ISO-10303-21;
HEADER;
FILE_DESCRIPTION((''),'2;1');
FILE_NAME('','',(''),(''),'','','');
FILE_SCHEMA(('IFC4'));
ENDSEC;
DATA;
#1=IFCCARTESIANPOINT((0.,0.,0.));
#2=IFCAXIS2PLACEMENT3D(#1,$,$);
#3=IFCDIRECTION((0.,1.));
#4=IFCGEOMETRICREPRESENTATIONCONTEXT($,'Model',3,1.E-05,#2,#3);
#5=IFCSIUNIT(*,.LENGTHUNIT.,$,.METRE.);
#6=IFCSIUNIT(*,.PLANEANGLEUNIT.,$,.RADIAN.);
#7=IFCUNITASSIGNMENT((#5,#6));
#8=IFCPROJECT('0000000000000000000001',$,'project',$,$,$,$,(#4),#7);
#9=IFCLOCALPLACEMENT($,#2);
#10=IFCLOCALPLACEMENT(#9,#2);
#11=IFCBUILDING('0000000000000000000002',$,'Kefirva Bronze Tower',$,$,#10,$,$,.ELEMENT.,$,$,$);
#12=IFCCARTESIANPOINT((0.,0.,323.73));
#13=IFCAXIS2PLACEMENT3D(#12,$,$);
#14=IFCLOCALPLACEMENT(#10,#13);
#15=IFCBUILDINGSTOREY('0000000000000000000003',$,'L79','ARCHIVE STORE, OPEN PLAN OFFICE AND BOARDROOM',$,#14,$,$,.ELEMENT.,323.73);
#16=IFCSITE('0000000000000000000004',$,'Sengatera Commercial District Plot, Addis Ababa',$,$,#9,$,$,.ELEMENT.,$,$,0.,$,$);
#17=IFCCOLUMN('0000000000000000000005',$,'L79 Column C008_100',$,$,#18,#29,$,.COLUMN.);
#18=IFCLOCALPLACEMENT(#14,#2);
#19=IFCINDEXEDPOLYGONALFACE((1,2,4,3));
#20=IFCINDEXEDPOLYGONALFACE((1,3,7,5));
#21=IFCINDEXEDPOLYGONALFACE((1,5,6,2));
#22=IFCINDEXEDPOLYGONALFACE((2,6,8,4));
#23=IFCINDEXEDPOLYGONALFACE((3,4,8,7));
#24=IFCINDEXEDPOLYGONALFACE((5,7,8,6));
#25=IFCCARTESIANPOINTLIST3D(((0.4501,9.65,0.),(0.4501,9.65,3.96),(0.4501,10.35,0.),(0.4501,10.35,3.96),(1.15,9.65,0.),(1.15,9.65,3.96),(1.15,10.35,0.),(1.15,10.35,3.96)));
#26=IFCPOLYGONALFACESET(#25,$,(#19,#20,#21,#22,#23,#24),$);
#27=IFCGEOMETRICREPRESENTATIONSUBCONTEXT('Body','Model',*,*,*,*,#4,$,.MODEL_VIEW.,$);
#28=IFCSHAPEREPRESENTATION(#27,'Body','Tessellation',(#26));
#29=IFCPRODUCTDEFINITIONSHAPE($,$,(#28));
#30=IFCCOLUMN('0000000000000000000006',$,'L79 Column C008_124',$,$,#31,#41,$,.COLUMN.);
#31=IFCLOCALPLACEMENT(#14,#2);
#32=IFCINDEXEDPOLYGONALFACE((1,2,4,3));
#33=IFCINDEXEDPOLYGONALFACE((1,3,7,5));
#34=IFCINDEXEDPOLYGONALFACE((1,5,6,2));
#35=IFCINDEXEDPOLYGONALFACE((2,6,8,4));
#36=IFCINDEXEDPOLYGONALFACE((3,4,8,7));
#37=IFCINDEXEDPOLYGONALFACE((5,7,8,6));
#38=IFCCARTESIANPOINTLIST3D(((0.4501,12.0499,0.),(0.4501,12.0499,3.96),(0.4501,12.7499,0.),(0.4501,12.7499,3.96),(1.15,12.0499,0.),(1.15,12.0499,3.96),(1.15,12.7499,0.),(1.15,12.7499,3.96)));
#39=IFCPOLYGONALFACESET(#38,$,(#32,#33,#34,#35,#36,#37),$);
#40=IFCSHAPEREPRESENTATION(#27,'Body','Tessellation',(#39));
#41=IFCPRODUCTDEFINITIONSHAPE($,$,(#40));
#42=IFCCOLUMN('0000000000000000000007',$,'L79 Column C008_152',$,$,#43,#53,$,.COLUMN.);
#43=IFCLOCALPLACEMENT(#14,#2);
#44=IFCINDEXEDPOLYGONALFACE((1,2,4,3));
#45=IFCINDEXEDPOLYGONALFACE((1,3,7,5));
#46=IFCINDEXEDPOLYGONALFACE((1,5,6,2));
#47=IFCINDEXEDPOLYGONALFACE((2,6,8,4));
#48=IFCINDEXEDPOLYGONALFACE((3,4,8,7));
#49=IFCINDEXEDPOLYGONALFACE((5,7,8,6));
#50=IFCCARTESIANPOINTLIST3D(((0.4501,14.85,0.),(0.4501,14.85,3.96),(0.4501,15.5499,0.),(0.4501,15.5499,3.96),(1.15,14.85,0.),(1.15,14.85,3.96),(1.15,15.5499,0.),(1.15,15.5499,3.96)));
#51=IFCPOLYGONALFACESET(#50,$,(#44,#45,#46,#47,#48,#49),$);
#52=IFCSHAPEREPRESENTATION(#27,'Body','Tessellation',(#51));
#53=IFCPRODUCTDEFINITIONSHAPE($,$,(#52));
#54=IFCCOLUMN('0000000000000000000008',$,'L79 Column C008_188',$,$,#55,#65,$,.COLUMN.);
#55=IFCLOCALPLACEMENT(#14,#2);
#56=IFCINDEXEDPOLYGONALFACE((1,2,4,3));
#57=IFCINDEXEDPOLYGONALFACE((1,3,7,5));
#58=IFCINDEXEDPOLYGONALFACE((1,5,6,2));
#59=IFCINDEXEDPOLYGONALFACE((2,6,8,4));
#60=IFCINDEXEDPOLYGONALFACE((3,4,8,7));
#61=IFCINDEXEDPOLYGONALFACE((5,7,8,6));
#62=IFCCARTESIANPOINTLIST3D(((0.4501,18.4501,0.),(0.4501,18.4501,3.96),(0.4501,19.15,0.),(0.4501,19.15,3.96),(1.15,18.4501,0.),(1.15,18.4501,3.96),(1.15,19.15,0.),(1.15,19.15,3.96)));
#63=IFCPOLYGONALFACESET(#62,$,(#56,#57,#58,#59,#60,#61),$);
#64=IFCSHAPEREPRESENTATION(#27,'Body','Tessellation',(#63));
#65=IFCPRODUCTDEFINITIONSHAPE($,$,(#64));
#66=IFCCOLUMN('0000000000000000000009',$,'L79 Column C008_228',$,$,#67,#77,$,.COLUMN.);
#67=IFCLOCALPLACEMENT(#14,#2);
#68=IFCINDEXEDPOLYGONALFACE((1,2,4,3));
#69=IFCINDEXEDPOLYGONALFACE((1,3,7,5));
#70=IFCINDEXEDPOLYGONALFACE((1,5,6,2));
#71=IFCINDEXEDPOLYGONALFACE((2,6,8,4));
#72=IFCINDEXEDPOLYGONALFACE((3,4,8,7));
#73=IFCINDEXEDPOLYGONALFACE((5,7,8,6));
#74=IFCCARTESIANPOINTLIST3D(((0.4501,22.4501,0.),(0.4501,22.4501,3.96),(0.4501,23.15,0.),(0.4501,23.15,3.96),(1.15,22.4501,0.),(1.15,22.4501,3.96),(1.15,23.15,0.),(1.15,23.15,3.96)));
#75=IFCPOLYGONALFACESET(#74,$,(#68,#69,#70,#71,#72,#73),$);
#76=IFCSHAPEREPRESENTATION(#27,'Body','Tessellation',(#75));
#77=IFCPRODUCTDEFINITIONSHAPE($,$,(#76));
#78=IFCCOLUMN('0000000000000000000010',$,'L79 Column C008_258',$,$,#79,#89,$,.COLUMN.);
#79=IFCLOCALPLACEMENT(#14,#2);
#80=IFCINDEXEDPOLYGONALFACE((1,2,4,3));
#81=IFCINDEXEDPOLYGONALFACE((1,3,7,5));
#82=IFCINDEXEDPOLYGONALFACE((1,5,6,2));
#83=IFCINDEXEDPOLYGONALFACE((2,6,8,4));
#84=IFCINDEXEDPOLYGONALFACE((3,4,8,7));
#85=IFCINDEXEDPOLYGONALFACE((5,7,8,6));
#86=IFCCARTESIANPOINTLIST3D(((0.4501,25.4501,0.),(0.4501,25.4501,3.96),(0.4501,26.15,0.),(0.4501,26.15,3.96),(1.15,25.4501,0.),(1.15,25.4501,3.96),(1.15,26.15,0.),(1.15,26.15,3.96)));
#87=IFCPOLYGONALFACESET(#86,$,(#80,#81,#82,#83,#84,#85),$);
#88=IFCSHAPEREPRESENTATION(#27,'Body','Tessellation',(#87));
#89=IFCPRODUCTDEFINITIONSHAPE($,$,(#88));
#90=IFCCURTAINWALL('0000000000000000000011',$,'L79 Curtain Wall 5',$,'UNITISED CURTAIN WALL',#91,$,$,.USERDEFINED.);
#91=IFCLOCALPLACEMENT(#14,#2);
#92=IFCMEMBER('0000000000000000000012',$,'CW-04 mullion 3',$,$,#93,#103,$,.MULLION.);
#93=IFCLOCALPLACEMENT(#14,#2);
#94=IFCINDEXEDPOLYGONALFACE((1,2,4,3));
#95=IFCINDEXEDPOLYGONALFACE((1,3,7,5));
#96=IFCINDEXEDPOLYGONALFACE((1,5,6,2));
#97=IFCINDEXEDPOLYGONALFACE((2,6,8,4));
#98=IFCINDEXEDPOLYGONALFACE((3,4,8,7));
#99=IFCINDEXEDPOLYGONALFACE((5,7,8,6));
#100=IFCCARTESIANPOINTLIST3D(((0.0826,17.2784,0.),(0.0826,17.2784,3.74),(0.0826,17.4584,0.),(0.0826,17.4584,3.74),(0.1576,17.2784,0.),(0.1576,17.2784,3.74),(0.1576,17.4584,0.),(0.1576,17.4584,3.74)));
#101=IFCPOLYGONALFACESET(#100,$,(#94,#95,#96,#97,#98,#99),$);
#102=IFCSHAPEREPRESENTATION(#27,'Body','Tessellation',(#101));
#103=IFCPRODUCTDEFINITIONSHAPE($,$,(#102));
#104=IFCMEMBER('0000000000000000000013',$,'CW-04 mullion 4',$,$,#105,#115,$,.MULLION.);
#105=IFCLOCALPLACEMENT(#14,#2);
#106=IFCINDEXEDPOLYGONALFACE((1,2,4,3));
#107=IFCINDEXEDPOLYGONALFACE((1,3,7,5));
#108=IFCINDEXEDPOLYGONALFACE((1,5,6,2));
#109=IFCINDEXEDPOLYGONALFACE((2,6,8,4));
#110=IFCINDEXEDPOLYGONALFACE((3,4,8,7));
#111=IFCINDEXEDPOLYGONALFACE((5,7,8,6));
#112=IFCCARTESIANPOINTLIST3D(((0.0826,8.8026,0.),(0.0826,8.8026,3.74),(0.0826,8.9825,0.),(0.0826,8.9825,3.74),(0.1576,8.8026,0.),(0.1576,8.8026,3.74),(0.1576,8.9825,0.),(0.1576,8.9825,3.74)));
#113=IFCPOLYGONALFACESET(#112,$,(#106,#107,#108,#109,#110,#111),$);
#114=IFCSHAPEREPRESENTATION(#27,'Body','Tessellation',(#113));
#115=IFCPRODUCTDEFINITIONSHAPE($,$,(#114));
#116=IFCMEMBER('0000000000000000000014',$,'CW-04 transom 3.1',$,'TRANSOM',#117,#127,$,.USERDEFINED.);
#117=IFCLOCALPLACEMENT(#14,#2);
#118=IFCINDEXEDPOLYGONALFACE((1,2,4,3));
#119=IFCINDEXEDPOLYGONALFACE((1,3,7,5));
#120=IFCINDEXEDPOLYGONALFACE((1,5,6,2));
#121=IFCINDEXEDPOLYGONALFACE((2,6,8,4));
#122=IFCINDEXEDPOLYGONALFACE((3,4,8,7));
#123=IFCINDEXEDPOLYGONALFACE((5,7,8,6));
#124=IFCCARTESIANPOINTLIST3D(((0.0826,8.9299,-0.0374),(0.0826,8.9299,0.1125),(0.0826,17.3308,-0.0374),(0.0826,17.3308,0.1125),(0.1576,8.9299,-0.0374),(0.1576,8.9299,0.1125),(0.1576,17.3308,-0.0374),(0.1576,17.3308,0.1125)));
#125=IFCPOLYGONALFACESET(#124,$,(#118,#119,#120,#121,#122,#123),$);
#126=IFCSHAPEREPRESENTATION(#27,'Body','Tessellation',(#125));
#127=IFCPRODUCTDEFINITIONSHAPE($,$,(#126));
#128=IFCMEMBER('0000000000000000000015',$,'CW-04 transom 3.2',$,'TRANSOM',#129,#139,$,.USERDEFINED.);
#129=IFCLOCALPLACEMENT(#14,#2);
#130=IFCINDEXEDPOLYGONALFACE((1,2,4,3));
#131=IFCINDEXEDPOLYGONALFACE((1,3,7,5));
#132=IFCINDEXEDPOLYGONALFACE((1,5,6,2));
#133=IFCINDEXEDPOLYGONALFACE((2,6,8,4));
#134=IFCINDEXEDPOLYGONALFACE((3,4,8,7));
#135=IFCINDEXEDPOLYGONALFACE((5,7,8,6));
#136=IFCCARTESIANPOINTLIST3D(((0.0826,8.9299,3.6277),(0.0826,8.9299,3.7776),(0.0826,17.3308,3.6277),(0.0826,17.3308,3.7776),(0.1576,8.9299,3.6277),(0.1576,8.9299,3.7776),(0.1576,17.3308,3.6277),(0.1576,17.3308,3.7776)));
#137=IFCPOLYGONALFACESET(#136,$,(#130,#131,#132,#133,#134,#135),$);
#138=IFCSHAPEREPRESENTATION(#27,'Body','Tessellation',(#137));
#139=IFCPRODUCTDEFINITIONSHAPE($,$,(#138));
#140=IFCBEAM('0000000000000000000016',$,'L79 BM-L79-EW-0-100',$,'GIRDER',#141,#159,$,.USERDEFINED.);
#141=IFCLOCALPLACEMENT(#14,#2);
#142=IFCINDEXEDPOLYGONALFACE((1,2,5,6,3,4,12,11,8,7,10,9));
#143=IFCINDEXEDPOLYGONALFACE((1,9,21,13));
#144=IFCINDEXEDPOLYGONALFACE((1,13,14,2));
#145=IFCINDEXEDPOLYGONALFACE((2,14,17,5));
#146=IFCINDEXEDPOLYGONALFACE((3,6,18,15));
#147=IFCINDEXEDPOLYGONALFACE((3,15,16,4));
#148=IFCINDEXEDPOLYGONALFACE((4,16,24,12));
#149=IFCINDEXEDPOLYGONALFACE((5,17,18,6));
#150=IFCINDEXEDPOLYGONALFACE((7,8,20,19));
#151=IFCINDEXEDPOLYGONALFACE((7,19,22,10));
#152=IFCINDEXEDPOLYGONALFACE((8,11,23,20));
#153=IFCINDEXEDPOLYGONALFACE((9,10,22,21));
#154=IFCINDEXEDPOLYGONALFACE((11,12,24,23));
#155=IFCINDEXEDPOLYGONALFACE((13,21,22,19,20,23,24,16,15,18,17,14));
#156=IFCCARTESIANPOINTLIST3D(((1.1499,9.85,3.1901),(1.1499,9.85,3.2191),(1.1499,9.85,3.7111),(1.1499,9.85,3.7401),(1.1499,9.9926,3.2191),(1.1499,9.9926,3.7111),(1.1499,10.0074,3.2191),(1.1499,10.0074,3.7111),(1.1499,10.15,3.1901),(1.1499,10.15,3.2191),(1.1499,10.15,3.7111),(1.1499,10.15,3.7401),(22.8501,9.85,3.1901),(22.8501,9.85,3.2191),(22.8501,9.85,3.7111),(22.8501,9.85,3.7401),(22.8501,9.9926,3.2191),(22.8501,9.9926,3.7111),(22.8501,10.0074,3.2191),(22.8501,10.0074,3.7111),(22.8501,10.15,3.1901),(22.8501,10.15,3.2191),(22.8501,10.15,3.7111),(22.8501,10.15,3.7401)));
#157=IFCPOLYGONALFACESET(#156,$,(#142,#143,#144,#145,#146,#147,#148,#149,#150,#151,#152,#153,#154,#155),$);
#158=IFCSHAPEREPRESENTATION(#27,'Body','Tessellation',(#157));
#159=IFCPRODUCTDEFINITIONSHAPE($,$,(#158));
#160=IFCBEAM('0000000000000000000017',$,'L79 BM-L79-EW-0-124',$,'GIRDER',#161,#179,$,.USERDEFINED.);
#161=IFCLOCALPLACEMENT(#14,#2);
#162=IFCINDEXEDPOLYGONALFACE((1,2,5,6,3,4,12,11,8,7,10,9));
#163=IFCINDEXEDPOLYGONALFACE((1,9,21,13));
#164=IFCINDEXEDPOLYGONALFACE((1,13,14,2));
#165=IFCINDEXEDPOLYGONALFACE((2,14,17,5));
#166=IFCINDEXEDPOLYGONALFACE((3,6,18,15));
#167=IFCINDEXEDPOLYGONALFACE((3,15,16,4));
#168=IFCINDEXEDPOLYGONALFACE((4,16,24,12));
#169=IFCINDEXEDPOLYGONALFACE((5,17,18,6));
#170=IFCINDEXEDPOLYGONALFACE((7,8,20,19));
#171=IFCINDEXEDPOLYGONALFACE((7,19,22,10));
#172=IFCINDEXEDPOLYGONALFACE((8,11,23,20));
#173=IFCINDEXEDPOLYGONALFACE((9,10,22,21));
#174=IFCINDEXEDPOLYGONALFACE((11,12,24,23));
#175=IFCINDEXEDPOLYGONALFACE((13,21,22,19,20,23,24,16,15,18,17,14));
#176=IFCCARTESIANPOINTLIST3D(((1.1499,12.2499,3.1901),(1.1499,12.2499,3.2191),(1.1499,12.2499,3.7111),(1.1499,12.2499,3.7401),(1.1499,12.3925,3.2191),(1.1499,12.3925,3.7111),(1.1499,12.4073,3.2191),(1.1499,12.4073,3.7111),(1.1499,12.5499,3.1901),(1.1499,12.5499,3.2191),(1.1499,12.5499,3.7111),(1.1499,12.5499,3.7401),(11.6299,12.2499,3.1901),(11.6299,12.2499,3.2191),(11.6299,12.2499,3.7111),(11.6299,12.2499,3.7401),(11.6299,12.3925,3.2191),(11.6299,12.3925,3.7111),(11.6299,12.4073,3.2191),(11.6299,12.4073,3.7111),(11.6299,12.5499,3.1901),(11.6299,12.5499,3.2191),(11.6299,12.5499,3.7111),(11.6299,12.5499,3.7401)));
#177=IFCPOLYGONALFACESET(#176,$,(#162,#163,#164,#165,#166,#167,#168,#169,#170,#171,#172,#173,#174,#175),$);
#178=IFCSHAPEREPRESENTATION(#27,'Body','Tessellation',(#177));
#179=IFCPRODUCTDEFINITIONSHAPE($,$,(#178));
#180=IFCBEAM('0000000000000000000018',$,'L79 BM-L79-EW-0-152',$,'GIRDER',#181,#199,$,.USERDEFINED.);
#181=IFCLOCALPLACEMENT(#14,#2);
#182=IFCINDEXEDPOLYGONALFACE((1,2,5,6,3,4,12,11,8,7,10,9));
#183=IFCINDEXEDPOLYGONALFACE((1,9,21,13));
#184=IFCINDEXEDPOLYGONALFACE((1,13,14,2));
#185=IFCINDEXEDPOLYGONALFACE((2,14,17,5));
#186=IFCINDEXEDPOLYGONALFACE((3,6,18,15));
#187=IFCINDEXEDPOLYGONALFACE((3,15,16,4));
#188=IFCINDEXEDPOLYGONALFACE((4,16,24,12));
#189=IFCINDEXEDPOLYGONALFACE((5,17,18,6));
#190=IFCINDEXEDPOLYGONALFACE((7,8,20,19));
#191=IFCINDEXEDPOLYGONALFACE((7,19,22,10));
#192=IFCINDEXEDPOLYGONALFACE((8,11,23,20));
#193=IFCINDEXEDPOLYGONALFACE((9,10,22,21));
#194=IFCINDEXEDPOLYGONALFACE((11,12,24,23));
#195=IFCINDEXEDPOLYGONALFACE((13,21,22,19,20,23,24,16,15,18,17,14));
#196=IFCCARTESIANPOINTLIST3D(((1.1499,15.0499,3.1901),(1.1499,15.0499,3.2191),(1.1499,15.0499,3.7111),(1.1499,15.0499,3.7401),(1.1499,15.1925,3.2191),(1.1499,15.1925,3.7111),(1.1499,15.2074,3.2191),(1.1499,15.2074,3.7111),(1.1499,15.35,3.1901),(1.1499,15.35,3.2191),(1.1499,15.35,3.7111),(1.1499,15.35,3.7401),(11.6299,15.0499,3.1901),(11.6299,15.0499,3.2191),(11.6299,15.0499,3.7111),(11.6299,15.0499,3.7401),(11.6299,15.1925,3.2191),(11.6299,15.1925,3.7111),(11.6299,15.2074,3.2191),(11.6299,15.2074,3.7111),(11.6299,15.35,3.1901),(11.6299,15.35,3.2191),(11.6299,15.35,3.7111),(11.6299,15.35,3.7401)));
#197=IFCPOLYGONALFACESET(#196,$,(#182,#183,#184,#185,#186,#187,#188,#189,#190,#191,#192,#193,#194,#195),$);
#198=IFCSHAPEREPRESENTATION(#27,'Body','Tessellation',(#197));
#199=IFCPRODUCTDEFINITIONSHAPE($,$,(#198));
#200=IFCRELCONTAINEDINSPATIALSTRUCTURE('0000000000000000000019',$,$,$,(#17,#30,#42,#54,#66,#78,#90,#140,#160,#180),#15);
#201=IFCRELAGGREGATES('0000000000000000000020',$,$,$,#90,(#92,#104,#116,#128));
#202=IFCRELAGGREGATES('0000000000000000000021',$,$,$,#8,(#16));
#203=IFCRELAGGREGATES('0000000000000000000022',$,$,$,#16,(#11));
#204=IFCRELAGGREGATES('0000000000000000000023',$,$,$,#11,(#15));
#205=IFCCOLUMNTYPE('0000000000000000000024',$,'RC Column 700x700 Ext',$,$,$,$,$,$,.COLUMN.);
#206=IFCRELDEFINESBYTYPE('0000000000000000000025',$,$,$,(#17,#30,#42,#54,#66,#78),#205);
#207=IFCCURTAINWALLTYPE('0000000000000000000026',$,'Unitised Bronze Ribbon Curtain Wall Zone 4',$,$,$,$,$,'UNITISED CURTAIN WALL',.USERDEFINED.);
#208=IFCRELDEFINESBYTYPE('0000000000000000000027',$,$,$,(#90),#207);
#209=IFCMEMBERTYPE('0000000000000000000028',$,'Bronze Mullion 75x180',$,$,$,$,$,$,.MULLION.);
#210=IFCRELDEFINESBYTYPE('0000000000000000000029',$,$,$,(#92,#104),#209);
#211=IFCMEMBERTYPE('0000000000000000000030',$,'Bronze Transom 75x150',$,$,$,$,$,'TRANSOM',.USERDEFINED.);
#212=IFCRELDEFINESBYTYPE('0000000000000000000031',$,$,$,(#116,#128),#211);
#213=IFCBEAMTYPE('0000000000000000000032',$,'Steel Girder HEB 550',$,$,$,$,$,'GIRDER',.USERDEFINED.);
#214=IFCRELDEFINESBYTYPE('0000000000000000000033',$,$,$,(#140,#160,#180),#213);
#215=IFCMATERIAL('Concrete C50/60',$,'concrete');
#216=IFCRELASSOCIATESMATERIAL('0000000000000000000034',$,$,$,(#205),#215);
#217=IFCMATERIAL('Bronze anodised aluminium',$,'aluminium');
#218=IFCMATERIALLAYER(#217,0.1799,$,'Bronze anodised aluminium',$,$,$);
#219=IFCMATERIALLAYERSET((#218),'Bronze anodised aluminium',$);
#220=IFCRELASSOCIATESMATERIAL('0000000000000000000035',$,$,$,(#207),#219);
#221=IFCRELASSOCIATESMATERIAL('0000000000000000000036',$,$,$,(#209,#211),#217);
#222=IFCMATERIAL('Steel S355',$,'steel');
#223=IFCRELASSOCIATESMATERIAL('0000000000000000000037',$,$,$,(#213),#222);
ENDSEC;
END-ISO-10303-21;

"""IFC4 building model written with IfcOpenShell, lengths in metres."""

from ifc_helpers import new_model, si_unit, direction, frame, origin, origin_2d, place, context, subcontext, project, spatial, rectangle, i_section, extrude, material, layer, layer_set, material_profile, profile_set, type_object, element, aggregate, save


model = new_model("IFC4")

# Units and contexts
model_context = context("Model", 3, precision=1e-05, world=origin(), true_north=direction((0.0, 1.0)))
body_context = subcontext(model_context, "Body", "Model", "MODEL_VIEW")
ifc_project = project(units=[si_unit("LENGTHUNIT", "METRE"), si_unit("PLANEANGLEUNIT", "RADIAN")], contexts=[model_context])

# Site, building, storey
site_placement = place(None, origin())
site = spatial("IfcSite", under=ifc_project, at=site_placement, Name="Sengatera Commercial District Plot, Addis Ababa", CompositionType="ELEMENT", RefElevation=0.0)
building_placement = place(site_placement, origin())
building = spatial("IfcBuilding", under=site, at=building_placement, Name="Kefirva Bronze Tower", CompositionType="ELEMENT")
storey_placement = place(building_placement, frame((0.0, 0.0, 323.73)))
storey = spatial("IfcBuildingStorey", under=building, at=storey_placement, Name="L79", Description="ARCHIVE STORE, OPEN PLAN OFFICE AND BOARDROOM", CompositionType="ELEMENT", Elevation=323.73)

# Columns
ifc_material_1 = material(Name="Concrete C50/60", Category="concrete")
ifc_material_profile_1 = material_profile(ifc_material_1, rectangle(XDim=0.7, YDim=0.7, at=origin_2d()), Name="RC 700x700")
ifc_profile_set_1 = profile_set([ifc_material_profile_1], Name="Concrete C50/60")
column_type = type_object("IfcColumnType", Name="RC Column 700x700 Ext", PredefinedType="COLUMN", material=ifc_profile_set_1)
for number, where, z_axis, x_axis, name in (
    (1, (0.8, 10.0, 0.0), (0.0, 0.0, 1.0), (1.0, 0.0, 0.0), "L79 Column C008_100"),
    (2, (0.8, 12.3999, 0.0), (0.0, 0.0, 1.0), (1.0, 0.0, 0.0), "L79 Column C008_124"),
    (3, (0.8, 15.2, 0.0), (0.0, 0.0, 1.0), (1.0, 0.0, 0.0), "L79 Column C008_152"),
    (4, (0.8, 18.8, 0.0), (0.0, 0.0, 1.0), (1.0, 0.0, 0.0), "L79 Column C008_188"),
    (5, (0.8, 22.8, 0.0), (0.0, 0.0, 1.0), (1.0, 0.0, 0.0), "L79 Column C008_228"),
    (6, (0.8, 25.8, 0.0), (0.0, 0.0, 1.0), (1.0, 0.0, 0.0), "L79 Column C008_258"),
):
    element("IfcColumn", number, at=place(storey_placement, frame(where, z_axis=z_axis, x_axis=x_axis)), inside=storey, type_object=column_type, Name=name, PredefinedType="COLUMN", context=body_context, shape_type="SweptSolid", body=[
        extrude(rectangle(XDim=0.7, YDim=0.7, at=origin_2d()), origin(), (0.0, 0.0, 1.0), 3.96),
    ])

# Curtain wall, members
ifc_material_2 = material(Name="Bronze anodised aluminium", Category="aluminium")
ifc_layer_1 = layer(ifc_material_2, 0.1799, Name="Bronze anodised aluminium")
ifc_layer_set_1 = layer_set([ifc_layer_1], Name="Bronze anodised aluminium")
curtain_wall_type = type_object("IfcCurtainWallType", Name="Unitised Bronze Ribbon Curtain Wall Zone 4", ElementType="UNITISED CURTAIN WALL", PredefinedType="USERDEFINED", material=ifc_layer_set_1)
curtain_wall_1_placement = place(storey_placement, origin())
curtain_wall_1 = element("IfcCurtainWall", 7, at=curtain_wall_1_placement, inside=storey, type_object=curtain_wall_type, Name="L79 Curtain Wall 5", ObjectType="UNITISED CURTAIN WALL", PredefinedType="USERDEFINED")
ifc_material_profile_2 = material_profile(ifc_material_2, rectangle(XDim=0.075, YDim=0.1799, at=origin_2d()), Name="ALU 75x180")
ifc_profile_set_2 = profile_set([ifc_material_profile_2], Name="Bronze anodised aluminium")
member_type_1 = type_object("IfcMemberType", Name="Bronze Mullion 75x180", PredefinedType="MULLION", material=ifc_profile_set_2)
member_1_placement = place(storey_placement, frame((0.1201, 17.3684, 0.0), z_axis=(0.0, 0.0, 1.0), x_axis=(1.0, 0.0, 0.0)))
member_1 = element("IfcMember", 8, at=member_1_placement, type_object=member_type_1, Name="CW-04 mullion 3", PredefinedType="MULLION", context=body_context, shape_type="SweptSolid", body=[
    extrude(rectangle(XDim=0.075, YDim=0.1799, at=origin_2d()), origin(), (0.0, 0.0, 1.0), 3.74),
])
member_2_placement = place(storey_placement, frame((0.1201, 8.8926, 0.0), z_axis=(0.0, 0.0, 1.0), x_axis=(1.0, 0.0, 0.0)))
member_2 = element("IfcMember", 9, at=member_2_placement, type_object=member_type_1, Name="CW-04 mullion 4", PredefinedType="MULLION", context=body_context, shape_type="SweptSolid", body=[
    extrude(rectangle(XDim=0.075, YDim=0.1799, at=origin_2d()), origin(), (0.0, 0.0, 1.0), 3.74),
])
ifc_material_profile_3 = material_profile(ifc_material_2, rectangle(XDim=0.075, YDim=0.1499, at=origin_2d()), Name="ALU 75x150")
ifc_profile_set_3 = profile_set([ifc_material_profile_3], Name="Bronze anodised aluminium")
member_type_2 = type_object("IfcMemberType", Name="Bronze Transom 75x150", ElementType="TRANSOM", PredefinedType="USERDEFINED", material=ifc_profile_set_3)
member_3_placement = place(storey_placement, frame((0.1201, 17.3308, 0.0376), z_axis=(0.0, -1.0, 0.0), x_axis=(1.0, 0.0, 0.0)))
member_3 = element("IfcMember", 10, at=member_3_placement, type_object=member_type_2, Name="CW-04 transom 3.1", ObjectType="TRANSOM", PredefinedType="USERDEFINED", context=body_context, shape_type="SweptSolid", body=[
    extrude(rectangle(XDim=0.075, YDim=0.1499, at=origin_2d()), origin(), (0.0, 0.0, 1.0), 8.4009),
])
member_4_placement = place(storey_placement, frame((0.1201, 17.3308, 3.7026), z_axis=(0.0, -1.0, 0.0), x_axis=(1.0, 0.0, 0.0)))
member_4 = element("IfcMember", 11, at=member_4_placement, type_object=member_type_2, Name="CW-04 transom 3.2", ObjectType="TRANSOM", PredefinedType="USERDEFINED", context=body_context, shape_type="SweptSolid", body=[
    extrude(rectangle(XDim=0.075, YDim=0.1499, at=origin_2d()), origin(), (0.0, 0.0, 1.0), 8.4009),
])

# Beams
ifc_material_3 = material(Name="Steel S355", Category="steel")
ifc_material_profile_4 = material_profile(ifc_material_3, i_section(OverallWidth=0.3, OverallDepth=0.55, WebThickness=0.0149, FlangeThickness=0.0291, at=origin_2d()), Name="HEB 550")
ifc_profile_set_4 = profile_set([ifc_material_profile_4], Name="Steel S355")
beam_type_1 = type_object("IfcBeamType", Name="Steel Girder HEB 550", ElementType="GIRDER", PredefinedType="USERDEFINED", material=ifc_profile_set_4)
beam_1_placement = place(storey_placement, frame((1.1499, 10.0, 3.4651), z_axis=(1.0, 0.0, 0.0), x_axis=(0.0, 1.0, 0.0)))
element("IfcBeam", 12, at=beam_1_placement, inside=storey, type_object=beam_type_1, Name="L79 BM-L79-EW-0-100", ObjectType="GIRDER", PredefinedType="USERDEFINED", context=body_context, shape_type="SweptSolid", body=[
    extrude(i_section(OverallWidth=0.3, OverallDepth=0.55, WebThickness=0.0149, FlangeThickness=0.0291, at=origin_2d()), origin(), (0.0, 0.0, 1.0), 21.7002),
])
for number, where, z_axis, x_axis, name in (
    (13, (1.1499, 12.3999, 3.4651), (1.0, 0.0, 0.0), (0.0, 1.0, 0.0), "L79 BM-L79-EW-0-124"),
    (14, (1.1499, 15.2, 3.4651), (1.0, 0.0, 0.0), (0.0, 1.0, 0.0), "L79 BM-L79-EW-0-152"),
):
    element("IfcBeam", number, at=place(storey_placement, frame(where, z_axis=z_axis, x_axis=x_axis)), inside=storey, type_object=beam_type_1, Name=name, ObjectType="GIRDER", PredefinedType="USERDEFINED", context=body_context, shape_type="SweptSolid", body=[
        extrude(i_section(OverallWidth=0.3, OverallDepth=0.55, WebThickness=0.0149, FlangeThickness=0.0291, at=origin_2d()), origin(), (0.0, 0.0, 1.0), 10.48),
    ])

aggregate(curtain_wall_1, [member_1, member_2, member_3, member_4])

save(model, "model.ifc")
